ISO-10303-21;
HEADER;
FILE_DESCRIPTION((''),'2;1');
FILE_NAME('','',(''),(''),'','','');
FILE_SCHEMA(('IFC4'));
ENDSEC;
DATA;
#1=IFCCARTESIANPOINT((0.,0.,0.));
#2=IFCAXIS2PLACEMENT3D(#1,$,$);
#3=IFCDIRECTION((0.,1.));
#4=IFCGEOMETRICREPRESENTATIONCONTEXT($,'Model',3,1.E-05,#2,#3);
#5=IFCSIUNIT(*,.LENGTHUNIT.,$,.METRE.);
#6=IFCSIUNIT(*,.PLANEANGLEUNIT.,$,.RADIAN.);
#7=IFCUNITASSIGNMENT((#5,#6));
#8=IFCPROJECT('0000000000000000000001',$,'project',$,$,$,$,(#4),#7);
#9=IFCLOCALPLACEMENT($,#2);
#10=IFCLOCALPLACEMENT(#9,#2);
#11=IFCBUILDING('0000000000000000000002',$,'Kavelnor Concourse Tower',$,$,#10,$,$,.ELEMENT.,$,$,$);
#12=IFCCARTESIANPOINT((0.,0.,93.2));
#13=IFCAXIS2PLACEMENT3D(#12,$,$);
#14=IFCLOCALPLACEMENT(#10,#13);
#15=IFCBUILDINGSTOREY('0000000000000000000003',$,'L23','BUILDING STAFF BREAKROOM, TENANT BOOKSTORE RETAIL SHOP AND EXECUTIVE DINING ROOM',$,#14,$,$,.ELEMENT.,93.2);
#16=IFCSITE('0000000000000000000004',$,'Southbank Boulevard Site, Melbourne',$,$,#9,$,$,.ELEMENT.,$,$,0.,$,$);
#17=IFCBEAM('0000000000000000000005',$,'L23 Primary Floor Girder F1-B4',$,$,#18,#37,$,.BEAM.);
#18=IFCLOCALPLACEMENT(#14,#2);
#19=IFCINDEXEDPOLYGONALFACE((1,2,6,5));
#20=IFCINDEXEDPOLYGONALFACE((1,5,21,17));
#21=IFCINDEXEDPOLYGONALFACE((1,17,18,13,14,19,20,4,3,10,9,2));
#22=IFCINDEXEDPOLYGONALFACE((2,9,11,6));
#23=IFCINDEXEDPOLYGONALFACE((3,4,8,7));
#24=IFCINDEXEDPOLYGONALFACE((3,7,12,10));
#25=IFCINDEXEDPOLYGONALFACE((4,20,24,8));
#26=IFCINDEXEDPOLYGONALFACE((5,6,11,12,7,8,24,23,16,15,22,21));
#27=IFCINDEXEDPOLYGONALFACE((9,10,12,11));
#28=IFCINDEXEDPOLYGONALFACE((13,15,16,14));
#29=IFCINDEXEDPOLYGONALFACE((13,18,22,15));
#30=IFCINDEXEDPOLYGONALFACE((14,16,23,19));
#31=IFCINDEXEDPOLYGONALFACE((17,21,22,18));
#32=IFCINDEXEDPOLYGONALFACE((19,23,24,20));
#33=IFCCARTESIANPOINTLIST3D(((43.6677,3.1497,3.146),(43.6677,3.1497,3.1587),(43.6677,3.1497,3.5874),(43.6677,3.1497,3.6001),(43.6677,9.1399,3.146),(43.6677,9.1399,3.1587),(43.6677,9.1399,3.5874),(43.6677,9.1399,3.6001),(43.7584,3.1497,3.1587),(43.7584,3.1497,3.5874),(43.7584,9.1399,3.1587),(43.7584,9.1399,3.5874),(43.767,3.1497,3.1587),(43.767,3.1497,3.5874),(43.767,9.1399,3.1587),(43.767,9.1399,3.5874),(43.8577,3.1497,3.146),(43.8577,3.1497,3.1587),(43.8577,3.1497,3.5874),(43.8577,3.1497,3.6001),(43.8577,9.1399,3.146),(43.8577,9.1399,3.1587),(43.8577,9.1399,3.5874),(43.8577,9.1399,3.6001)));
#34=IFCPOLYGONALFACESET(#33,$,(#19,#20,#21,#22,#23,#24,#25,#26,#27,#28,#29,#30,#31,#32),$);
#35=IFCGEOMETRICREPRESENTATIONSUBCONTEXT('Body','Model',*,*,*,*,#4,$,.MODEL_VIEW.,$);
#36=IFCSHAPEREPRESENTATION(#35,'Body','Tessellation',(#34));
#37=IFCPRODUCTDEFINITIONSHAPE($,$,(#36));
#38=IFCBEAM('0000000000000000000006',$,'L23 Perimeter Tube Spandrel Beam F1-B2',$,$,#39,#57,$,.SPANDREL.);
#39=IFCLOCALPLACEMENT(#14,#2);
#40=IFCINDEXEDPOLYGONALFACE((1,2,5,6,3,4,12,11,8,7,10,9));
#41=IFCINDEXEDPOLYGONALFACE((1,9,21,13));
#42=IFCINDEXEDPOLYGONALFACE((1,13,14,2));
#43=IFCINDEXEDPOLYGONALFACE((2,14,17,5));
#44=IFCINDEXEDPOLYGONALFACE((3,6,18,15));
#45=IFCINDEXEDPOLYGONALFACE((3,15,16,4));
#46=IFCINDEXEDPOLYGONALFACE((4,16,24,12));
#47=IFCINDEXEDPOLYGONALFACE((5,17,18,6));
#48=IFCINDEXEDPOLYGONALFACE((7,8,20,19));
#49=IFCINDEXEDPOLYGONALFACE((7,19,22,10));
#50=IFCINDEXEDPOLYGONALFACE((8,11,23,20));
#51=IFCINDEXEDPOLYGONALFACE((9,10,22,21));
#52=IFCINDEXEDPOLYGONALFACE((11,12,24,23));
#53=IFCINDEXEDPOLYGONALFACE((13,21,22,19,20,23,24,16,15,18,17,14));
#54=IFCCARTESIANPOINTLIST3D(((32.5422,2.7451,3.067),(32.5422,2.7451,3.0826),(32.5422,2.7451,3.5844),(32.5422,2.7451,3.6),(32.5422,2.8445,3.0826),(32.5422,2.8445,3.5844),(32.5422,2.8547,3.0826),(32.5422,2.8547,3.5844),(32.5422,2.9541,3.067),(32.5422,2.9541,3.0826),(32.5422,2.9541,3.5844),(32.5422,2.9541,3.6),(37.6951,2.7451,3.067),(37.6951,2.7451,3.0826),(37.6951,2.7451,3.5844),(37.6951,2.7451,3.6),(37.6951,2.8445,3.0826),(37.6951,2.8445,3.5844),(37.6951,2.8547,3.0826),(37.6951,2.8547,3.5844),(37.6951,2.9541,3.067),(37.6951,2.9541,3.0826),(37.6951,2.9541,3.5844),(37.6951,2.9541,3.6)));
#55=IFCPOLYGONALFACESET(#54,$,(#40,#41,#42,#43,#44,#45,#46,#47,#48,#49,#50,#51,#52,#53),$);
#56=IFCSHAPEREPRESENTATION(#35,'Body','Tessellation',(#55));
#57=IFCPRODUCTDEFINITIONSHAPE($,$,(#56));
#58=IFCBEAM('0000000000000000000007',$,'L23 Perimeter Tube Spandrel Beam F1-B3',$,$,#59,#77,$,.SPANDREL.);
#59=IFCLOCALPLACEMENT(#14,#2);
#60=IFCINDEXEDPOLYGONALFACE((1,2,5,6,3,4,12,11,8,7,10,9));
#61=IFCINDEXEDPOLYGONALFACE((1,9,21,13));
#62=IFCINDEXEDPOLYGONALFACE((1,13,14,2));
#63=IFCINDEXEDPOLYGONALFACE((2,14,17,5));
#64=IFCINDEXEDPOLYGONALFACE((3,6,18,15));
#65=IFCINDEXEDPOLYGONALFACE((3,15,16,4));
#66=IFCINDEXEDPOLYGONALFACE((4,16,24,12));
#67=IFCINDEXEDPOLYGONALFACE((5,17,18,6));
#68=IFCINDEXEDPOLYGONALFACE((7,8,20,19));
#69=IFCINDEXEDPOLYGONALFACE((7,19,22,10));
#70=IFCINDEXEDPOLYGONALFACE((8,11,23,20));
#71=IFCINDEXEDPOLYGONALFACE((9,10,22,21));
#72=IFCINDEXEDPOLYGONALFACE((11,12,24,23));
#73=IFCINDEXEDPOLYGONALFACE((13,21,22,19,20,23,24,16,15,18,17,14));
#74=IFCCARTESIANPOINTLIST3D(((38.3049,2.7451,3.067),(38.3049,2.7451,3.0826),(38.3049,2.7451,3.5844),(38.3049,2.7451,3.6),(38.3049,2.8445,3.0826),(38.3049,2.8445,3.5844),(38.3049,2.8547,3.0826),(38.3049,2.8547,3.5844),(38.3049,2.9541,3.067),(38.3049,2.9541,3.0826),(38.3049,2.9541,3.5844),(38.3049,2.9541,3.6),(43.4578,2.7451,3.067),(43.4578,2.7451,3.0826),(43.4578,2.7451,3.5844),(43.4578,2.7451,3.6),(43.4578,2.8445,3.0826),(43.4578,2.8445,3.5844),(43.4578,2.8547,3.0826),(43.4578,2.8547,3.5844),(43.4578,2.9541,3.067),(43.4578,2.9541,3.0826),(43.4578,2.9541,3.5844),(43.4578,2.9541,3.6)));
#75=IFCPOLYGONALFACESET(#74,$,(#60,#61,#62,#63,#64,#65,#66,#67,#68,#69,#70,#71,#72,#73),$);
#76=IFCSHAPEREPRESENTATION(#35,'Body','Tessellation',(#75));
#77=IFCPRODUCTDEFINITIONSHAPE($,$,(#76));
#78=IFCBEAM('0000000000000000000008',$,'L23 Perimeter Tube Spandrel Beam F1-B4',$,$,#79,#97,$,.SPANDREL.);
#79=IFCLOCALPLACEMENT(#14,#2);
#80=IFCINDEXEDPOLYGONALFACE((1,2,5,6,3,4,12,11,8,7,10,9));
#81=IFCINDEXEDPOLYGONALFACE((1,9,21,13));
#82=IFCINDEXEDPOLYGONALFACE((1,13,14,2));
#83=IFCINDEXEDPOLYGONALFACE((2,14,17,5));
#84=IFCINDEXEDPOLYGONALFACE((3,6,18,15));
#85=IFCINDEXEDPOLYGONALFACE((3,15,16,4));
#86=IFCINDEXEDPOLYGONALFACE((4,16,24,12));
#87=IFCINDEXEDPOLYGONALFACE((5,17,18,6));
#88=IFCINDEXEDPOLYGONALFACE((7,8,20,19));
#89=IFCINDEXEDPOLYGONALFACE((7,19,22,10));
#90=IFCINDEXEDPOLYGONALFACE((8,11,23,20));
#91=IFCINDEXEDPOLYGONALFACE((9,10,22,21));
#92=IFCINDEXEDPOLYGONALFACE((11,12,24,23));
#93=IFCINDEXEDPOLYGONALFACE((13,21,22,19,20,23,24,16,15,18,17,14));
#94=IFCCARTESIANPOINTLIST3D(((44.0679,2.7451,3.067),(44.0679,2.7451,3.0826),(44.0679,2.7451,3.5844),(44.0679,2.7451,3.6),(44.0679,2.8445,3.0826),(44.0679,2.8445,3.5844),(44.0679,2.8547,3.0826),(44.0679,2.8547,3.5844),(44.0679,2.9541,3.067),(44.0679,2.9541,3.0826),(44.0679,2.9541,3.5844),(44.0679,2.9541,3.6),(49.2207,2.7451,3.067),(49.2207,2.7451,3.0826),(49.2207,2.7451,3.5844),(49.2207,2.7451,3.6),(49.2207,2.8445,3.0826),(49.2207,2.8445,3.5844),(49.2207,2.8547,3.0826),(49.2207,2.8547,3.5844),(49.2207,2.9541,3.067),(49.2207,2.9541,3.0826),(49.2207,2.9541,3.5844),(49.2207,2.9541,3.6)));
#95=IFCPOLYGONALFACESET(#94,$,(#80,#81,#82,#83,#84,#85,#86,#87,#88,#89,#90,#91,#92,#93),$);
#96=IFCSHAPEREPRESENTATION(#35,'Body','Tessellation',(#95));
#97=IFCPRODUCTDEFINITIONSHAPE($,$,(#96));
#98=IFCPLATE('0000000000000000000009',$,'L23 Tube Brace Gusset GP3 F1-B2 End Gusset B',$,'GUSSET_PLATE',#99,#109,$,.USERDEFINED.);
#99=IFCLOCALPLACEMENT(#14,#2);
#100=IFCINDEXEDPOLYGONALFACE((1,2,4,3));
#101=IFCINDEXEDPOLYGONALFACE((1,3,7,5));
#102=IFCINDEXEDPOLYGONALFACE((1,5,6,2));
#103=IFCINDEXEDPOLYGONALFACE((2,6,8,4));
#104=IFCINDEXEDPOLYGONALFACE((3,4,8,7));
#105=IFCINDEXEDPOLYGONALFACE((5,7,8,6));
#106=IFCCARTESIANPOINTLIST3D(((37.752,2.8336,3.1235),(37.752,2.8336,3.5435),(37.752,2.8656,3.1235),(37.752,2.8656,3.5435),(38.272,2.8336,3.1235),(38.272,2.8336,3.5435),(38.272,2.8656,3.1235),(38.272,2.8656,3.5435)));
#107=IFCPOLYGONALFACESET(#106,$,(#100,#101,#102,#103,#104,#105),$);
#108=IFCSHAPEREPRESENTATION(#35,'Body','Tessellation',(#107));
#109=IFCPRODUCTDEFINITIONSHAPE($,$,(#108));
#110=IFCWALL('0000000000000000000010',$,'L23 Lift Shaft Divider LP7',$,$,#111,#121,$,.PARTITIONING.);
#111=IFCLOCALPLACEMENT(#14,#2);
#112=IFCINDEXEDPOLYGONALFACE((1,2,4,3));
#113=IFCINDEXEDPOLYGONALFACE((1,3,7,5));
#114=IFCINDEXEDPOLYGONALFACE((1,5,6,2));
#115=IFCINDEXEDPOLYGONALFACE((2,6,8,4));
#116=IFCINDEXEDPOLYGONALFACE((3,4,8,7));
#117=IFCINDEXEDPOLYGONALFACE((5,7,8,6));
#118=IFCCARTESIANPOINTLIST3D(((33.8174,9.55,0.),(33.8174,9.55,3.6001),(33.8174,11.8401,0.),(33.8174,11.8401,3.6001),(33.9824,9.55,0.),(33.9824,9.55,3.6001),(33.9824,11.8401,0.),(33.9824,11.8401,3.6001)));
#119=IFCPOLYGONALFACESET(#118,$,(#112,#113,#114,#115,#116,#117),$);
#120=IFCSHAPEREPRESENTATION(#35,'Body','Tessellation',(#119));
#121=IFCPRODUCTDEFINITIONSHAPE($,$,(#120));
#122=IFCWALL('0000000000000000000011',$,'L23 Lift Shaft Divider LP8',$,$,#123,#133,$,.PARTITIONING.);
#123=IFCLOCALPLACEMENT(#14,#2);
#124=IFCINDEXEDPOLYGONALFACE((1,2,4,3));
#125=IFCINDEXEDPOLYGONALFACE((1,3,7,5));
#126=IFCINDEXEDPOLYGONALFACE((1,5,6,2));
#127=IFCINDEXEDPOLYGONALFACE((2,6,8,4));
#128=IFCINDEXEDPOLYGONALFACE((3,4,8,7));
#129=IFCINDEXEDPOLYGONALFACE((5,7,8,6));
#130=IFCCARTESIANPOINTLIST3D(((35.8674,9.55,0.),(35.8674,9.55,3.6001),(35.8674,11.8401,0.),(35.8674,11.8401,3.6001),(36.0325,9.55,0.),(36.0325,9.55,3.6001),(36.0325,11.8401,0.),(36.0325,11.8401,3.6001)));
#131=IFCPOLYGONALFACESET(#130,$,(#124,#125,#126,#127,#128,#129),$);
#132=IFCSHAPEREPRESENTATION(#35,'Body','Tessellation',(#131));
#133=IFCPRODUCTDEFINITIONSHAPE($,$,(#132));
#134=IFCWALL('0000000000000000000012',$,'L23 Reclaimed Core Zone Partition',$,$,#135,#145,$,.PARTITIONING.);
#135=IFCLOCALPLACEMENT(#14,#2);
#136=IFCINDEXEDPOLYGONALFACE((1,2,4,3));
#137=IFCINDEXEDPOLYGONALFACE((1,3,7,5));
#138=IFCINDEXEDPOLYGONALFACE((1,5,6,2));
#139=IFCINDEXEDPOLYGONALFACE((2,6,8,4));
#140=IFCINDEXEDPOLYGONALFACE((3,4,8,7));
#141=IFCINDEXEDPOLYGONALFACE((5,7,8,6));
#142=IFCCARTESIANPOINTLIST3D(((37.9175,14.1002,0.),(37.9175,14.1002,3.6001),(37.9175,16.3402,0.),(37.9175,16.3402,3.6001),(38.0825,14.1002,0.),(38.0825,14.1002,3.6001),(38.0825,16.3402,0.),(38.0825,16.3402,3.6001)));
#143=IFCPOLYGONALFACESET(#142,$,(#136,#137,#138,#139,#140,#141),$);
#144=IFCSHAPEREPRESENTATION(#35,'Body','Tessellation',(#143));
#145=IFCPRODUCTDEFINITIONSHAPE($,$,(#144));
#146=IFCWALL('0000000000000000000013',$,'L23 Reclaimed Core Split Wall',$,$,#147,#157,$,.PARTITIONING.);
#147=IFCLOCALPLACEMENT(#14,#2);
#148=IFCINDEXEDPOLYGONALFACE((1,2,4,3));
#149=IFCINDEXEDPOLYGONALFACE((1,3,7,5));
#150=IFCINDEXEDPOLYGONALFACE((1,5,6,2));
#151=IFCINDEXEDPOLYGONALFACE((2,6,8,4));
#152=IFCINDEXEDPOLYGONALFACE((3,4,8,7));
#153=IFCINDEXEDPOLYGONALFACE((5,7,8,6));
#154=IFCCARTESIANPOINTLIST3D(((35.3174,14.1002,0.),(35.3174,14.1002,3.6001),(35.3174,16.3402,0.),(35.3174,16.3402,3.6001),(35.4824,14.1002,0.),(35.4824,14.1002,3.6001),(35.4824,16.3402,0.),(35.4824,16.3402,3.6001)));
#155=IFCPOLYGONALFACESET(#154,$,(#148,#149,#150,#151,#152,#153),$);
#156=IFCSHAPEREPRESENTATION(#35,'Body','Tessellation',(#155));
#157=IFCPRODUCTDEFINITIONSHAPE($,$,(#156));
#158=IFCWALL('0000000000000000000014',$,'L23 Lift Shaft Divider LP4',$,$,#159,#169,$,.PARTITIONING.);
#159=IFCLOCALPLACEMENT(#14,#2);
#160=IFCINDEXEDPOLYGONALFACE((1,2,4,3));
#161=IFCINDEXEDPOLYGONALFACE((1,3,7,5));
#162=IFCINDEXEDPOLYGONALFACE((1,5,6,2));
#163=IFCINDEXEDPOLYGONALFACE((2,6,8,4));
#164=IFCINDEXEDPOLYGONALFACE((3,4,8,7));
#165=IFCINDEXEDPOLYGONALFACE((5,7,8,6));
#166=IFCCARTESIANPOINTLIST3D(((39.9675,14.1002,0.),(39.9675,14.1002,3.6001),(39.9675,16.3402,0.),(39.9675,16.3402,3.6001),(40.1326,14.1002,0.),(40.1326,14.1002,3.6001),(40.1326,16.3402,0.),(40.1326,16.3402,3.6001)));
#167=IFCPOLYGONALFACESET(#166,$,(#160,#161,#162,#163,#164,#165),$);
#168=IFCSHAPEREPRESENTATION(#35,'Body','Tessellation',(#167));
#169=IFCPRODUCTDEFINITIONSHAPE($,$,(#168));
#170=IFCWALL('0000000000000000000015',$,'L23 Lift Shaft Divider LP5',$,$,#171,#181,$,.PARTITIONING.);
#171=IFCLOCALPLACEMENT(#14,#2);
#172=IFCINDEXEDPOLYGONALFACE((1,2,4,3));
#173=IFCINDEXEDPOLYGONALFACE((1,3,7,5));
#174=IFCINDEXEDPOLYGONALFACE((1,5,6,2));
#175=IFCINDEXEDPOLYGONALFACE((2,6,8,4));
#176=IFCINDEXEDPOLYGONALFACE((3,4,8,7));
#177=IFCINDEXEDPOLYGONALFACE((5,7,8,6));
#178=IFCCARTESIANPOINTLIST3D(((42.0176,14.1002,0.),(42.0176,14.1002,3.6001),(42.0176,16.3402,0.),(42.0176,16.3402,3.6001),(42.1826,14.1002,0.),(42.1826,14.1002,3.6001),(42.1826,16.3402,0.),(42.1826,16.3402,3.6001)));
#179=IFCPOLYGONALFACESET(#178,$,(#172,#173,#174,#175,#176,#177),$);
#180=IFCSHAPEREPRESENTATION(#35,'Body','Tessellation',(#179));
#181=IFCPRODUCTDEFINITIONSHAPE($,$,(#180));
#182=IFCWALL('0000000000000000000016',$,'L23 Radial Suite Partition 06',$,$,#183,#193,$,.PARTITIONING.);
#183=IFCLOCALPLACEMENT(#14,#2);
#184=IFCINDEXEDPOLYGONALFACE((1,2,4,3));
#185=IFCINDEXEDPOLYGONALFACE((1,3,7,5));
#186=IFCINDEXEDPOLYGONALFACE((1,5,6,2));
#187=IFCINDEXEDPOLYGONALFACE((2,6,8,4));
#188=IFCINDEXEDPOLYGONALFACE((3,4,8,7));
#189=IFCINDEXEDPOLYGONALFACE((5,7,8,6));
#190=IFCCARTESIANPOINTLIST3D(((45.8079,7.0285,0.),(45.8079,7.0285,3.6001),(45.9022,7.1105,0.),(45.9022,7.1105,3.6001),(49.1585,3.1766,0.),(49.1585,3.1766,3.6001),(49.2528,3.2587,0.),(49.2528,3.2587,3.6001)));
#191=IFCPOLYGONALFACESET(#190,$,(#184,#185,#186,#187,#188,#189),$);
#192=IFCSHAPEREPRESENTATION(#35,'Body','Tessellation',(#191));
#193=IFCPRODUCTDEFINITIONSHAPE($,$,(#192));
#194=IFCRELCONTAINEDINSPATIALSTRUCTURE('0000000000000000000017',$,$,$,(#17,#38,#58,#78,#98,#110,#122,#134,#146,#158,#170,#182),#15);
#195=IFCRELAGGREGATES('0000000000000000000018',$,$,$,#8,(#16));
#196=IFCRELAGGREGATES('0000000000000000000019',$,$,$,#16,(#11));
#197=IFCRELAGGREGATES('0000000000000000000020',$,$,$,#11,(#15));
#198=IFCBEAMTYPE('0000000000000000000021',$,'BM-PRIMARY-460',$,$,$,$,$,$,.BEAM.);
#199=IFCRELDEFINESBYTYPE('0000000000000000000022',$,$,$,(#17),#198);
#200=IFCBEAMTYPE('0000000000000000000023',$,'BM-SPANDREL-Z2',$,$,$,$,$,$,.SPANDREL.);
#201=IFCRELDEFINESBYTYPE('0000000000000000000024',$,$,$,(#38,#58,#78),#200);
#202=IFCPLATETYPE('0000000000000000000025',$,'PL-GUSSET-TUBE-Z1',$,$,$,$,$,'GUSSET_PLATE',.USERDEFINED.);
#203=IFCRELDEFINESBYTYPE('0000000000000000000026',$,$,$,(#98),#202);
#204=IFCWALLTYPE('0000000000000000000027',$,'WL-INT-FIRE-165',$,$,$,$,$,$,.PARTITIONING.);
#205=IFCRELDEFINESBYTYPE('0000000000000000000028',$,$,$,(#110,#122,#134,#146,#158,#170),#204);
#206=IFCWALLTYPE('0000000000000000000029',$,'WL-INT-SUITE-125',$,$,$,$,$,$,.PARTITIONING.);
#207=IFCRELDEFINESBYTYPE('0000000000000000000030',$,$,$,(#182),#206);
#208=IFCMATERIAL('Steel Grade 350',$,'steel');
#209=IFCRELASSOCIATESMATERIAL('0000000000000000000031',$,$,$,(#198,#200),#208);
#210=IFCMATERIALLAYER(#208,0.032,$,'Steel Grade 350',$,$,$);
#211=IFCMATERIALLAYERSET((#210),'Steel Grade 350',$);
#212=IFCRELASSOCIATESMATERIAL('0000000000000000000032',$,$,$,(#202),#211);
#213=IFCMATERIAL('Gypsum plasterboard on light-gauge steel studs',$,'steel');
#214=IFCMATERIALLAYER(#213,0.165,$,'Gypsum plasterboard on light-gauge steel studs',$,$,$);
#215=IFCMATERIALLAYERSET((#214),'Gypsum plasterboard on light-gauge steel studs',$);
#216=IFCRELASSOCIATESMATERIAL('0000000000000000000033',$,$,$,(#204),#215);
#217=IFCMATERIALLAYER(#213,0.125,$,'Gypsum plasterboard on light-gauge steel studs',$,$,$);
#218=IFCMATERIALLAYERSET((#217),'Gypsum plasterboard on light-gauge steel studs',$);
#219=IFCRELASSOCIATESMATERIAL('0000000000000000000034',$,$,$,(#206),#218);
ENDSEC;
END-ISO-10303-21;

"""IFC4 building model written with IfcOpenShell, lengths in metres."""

from ifc_helpers import new_model, si_unit, direction, frame, frame_2d, origin, origin_2d, place, context, subcontext, project, spatial, rectangle, i_section, extrude, material, layer, layer_set, material_profile, profile_set, type_object, element, save


model = new_model("IFC4")

# Units and contexts
model_context = context("Model", 3, precision=1e-05, world=origin(), true_north=direction((0.0, 1.0)))
body_context = subcontext(model_context, "Body", "Model", "MODEL_VIEW")
ifc_project = project(units=[si_unit("LENGTHUNIT", "METRE"), si_unit("PLANEANGLEUNIT", "RADIAN")], contexts=[model_context])

# Site, building, storey
site_placement = place(None, origin())
site = spatial("IfcSite", under=ifc_project, at=site_placement, Name="Southbank Boulevard Site, Melbourne", CompositionType="ELEMENT", RefElevation=0.0)
building_placement = place(site_placement, origin())
building = spatial("IfcBuilding", under=site, at=building_placement, Name="Kavelnor Concourse Tower", CompositionType="ELEMENT")
storey_placement = place(building_placement, frame((0.0, 0.0, 93.2)))
storey = spatial("IfcBuildingStorey", under=building, at=storey_placement, Name="L23", Description="BUILDING STAFF BREAKROOM, TENANT BOOKSTORE RETAIL SHOP AND EXECUTIVE DINING ROOM", CompositionType="ELEMENT", Elevation=93.2)

# Shared definitions
ifc_material_1 = material(Name="Steel Grade 350", Category="steel")

# Beams
ifc_material_profile_1 = material_profile(ifc_material_1, i_section(OverallWidth=0.1899, OverallDepth=0.4541, WebThickness=0.0085, FlangeThickness=0.0127, at=origin_2d()), Name="460UB67")
ifc_profile_set_1 = profile_set([ifc_material_profile_1], Name="Steel Grade 350")
beam_type_1 = type_object("IfcBeamType", Name="BM-PRIMARY-460", PredefinedType="BEAM", material=ifc_profile_set_1)
for number, where, z_axis, x_axis, name in (
    (1, (43.7627, 9.1399, 3.373), (0.0, -1.0, 0.0), (1.0, 0.0, 0.0), "L23 Primary Floor Girder F1-B4"),
):
    element("IfcBeam", number, at=place(storey_placement, frame(where, z_axis=z_axis, x_axis=x_axis)), inside=storey, type_object=beam_type_1, Name=name, PredefinedType="BEAM", context=body_context, shape_type="SweptSolid", body=[
        extrude(i_section(OverallWidth=0.1899, OverallDepth=0.4541, WebThickness=0.0085, FlangeThickness=0.0127, at=origin_2d()), origin(), (0.0, 0.0, 1.0), 5.9902),
    ])
ifc_material_profile_2 = material_profile(ifc_material_1, i_section(OverallWidth=0.209, OverallDepth=0.533, WebThickness=0.0103, FlangeThickness=0.0156, at=origin_2d()), Name="530UB92")
ifc_profile_set_2 = profile_set([ifc_material_profile_2], Name="Steel Grade 350")
beam_type_2 = type_object("IfcBeamType", Name="BM-SPANDREL-Z2", PredefinedType="SPANDREL", material=ifc_profile_set_2)
for number, where, z_axis, x_axis, name in (
    (2, (32.5422, 2.8496, 3.3335), (1.0, 0.0, 0.0), (0.0, 1.0, 0.0), "L23 Perimeter Tube Spandrel Beam F1-B2"),
    (3, (38.3049, 2.8496, 3.3335), (1.0, 0.0, 0.0), (0.0, 1.0, 0.0), "L23 Perimeter Tube Spandrel Beam F1-B3"),
    (4, (44.0679, 2.8496, 3.3335), (1.0, 0.0, 0.0), (0.0, 1.0, 0.0), "L23 Perimeter Tube Spandrel Beam F1-B4"),
):
    element("IfcBeam", number, at=place(storey_placement, frame(where, z_axis=z_axis, x_axis=x_axis)), inside=storey, type_object=beam_type_2, Name=name, PredefinedType="SPANDREL", context=body_context, shape_type="SweptSolid", body=[
        extrude(i_section(OverallWidth=0.209, OverallDepth=0.533, WebThickness=0.0103, FlangeThickness=0.0156, at=origin_2d()), origin(), (0.0, 0.0, 1.0), 5.1528),
    ])

# Plate
ifc_layer_1 = layer(ifc_material_1, 0.032, Name="Steel Grade 350")
ifc_layer_set_1 = layer_set([ifc_layer_1], Name="Steel Grade 350")
plate_type = type_object("IfcPlateType", Name="PL-GUSSET-TUBE-Z1", ElementType="GUSSET_PLATE", PredefinedType="USERDEFINED", material=ifc_layer_set_1)
plate_placement = place(storey_placement, frame((38.012, 2.8496, 3.1235), z_axis=(0.0, 0.0, 1.0), x_axis=(1.0, 0.0, 0.0)))
element("IfcPlate", 5, at=plate_placement, inside=storey, type_object=plate_type, Name="L23 Tube Brace Gusset GP3 F1-B2 End Gusset B", ObjectType="GUSSET_PLATE", PredefinedType="USERDEFINED", context=body_context, shape_type="SweptSolid", body=[
    extrude(rectangle(XDim=0.52, YDim=0.032, at=origin_2d()), origin(), (0.0, 0.0, 1.0), 0.4199),
])

# Walls
ifc_material_2 = material(Name="Gypsum plasterboard on light-gauge steel studs", Category="steel")
ifc_layer_2 = layer(ifc_material_2, 0.165, Name="Gypsum plasterboard on light-gauge steel studs")
ifc_layer_set_2 = layer_set([ifc_layer_2], Name="Gypsum plasterboard on light-gauge steel studs")
wall_type_1 = type_object("IfcWallType", Name="WL-INT-FIRE-165", PredefinedType="PARTITIONING", material=ifc_layer_set_2)
for number, where, z_axis, x_axis, name in (
    (6, (33.8999, 9.55, 0.0), (0.0, 0.0, 1.0), (0.0, 1.0, 0.0), "L23 Lift Shaft Divider LP7"),
    (7, (35.95, 9.55, 0.0), (0.0, 0.0, 1.0), (0.0, 1.0, 0.0), "L23 Lift Shaft Divider LP8"),
):
    element("IfcWall", number, at=place(storey_placement, frame(where, z_axis=z_axis, x_axis=x_axis)), inside=storey, type_object=wall_type_1, Name=name, PredefinedType="PARTITIONING", context=body_context, shape_type="SweptSolid", body=[
        extrude(rectangle(XDim=2.29, YDim=0.165, at=frame_2d((1.145, 0.0))), origin(), (0.0, 0.0, 1.0), 3.6001),
    ])
for number, where, z_axis, x_axis, name in (
    (8, (38.0, 14.1001, 0.0), (0.0, 0.0, 1.0), (0.0, 1.0, 0.0), "L23 Reclaimed Core Zone Partition"),
    (9, (35.3999, 14.1001, 0.0), (0.0, 0.0, 1.0), (0.0, 1.0, 0.0), "L23 Reclaimed Core Split Wall"),
    (10, (40.05, 14.1001, 0.0), (0.0, 0.0, 1.0), (0.0, 1.0, 0.0), "L23 Lift Shaft Divider LP4"),
    (11, (42.1001, 14.1001, 0.0), (0.0, 0.0, 1.0), (0.0, 1.0, 0.0), "L23 Lift Shaft Divider LP5"),
):
    element("IfcWall", number, at=place(storey_placement, frame(where, z_axis=z_axis, x_axis=x_axis)), inside=storey, type_object=wall_type_1, Name=name, PredefinedType="PARTITIONING", context=body_context, shape_type="SweptSolid", body=[
        extrude(rectangle(XDim=2.24, YDim=0.165, at=frame_2d((1.1201, 0.0))), origin(), (0.0, 0.0, 1.0), 3.6001),
    ])
ifc_layer_3 = layer(ifc_material_2, 0.125, Name="Gypsum plasterboard on light-gauge steel studs")
ifc_layer_set_3 = layer_set([ifc_layer_3], Name="Gypsum plasterboard on light-gauge steel studs")
wall_type_2 = type_object("IfcWallType", Name="WL-INT-SUITE-125", PredefinedType="PARTITIONING", material=ifc_layer_set_3)
wall_1_placement = place(storey_placement, frame((45.855, 7.0696, 0.0), z_axis=(0.0, 0.0, 1.0), x_axis=(0.656311, -0.75449, 0.0)))
element("IfcWall", 12, at=wall_1_placement, inside=storey, type_object=wall_type_2, Name="L23 Radial Suite Partition 06", PredefinedType="PARTITIONING", context=body_context, shape_type="SweptSolid", body=[
    extrude(rectangle(XDim=5.1052, YDim=0.125, at=frame_2d((2.5527, 0.0))), origin(), (0.0, 0.0, 1.0), 3.6001),
])

save(model, "model.ifc")
